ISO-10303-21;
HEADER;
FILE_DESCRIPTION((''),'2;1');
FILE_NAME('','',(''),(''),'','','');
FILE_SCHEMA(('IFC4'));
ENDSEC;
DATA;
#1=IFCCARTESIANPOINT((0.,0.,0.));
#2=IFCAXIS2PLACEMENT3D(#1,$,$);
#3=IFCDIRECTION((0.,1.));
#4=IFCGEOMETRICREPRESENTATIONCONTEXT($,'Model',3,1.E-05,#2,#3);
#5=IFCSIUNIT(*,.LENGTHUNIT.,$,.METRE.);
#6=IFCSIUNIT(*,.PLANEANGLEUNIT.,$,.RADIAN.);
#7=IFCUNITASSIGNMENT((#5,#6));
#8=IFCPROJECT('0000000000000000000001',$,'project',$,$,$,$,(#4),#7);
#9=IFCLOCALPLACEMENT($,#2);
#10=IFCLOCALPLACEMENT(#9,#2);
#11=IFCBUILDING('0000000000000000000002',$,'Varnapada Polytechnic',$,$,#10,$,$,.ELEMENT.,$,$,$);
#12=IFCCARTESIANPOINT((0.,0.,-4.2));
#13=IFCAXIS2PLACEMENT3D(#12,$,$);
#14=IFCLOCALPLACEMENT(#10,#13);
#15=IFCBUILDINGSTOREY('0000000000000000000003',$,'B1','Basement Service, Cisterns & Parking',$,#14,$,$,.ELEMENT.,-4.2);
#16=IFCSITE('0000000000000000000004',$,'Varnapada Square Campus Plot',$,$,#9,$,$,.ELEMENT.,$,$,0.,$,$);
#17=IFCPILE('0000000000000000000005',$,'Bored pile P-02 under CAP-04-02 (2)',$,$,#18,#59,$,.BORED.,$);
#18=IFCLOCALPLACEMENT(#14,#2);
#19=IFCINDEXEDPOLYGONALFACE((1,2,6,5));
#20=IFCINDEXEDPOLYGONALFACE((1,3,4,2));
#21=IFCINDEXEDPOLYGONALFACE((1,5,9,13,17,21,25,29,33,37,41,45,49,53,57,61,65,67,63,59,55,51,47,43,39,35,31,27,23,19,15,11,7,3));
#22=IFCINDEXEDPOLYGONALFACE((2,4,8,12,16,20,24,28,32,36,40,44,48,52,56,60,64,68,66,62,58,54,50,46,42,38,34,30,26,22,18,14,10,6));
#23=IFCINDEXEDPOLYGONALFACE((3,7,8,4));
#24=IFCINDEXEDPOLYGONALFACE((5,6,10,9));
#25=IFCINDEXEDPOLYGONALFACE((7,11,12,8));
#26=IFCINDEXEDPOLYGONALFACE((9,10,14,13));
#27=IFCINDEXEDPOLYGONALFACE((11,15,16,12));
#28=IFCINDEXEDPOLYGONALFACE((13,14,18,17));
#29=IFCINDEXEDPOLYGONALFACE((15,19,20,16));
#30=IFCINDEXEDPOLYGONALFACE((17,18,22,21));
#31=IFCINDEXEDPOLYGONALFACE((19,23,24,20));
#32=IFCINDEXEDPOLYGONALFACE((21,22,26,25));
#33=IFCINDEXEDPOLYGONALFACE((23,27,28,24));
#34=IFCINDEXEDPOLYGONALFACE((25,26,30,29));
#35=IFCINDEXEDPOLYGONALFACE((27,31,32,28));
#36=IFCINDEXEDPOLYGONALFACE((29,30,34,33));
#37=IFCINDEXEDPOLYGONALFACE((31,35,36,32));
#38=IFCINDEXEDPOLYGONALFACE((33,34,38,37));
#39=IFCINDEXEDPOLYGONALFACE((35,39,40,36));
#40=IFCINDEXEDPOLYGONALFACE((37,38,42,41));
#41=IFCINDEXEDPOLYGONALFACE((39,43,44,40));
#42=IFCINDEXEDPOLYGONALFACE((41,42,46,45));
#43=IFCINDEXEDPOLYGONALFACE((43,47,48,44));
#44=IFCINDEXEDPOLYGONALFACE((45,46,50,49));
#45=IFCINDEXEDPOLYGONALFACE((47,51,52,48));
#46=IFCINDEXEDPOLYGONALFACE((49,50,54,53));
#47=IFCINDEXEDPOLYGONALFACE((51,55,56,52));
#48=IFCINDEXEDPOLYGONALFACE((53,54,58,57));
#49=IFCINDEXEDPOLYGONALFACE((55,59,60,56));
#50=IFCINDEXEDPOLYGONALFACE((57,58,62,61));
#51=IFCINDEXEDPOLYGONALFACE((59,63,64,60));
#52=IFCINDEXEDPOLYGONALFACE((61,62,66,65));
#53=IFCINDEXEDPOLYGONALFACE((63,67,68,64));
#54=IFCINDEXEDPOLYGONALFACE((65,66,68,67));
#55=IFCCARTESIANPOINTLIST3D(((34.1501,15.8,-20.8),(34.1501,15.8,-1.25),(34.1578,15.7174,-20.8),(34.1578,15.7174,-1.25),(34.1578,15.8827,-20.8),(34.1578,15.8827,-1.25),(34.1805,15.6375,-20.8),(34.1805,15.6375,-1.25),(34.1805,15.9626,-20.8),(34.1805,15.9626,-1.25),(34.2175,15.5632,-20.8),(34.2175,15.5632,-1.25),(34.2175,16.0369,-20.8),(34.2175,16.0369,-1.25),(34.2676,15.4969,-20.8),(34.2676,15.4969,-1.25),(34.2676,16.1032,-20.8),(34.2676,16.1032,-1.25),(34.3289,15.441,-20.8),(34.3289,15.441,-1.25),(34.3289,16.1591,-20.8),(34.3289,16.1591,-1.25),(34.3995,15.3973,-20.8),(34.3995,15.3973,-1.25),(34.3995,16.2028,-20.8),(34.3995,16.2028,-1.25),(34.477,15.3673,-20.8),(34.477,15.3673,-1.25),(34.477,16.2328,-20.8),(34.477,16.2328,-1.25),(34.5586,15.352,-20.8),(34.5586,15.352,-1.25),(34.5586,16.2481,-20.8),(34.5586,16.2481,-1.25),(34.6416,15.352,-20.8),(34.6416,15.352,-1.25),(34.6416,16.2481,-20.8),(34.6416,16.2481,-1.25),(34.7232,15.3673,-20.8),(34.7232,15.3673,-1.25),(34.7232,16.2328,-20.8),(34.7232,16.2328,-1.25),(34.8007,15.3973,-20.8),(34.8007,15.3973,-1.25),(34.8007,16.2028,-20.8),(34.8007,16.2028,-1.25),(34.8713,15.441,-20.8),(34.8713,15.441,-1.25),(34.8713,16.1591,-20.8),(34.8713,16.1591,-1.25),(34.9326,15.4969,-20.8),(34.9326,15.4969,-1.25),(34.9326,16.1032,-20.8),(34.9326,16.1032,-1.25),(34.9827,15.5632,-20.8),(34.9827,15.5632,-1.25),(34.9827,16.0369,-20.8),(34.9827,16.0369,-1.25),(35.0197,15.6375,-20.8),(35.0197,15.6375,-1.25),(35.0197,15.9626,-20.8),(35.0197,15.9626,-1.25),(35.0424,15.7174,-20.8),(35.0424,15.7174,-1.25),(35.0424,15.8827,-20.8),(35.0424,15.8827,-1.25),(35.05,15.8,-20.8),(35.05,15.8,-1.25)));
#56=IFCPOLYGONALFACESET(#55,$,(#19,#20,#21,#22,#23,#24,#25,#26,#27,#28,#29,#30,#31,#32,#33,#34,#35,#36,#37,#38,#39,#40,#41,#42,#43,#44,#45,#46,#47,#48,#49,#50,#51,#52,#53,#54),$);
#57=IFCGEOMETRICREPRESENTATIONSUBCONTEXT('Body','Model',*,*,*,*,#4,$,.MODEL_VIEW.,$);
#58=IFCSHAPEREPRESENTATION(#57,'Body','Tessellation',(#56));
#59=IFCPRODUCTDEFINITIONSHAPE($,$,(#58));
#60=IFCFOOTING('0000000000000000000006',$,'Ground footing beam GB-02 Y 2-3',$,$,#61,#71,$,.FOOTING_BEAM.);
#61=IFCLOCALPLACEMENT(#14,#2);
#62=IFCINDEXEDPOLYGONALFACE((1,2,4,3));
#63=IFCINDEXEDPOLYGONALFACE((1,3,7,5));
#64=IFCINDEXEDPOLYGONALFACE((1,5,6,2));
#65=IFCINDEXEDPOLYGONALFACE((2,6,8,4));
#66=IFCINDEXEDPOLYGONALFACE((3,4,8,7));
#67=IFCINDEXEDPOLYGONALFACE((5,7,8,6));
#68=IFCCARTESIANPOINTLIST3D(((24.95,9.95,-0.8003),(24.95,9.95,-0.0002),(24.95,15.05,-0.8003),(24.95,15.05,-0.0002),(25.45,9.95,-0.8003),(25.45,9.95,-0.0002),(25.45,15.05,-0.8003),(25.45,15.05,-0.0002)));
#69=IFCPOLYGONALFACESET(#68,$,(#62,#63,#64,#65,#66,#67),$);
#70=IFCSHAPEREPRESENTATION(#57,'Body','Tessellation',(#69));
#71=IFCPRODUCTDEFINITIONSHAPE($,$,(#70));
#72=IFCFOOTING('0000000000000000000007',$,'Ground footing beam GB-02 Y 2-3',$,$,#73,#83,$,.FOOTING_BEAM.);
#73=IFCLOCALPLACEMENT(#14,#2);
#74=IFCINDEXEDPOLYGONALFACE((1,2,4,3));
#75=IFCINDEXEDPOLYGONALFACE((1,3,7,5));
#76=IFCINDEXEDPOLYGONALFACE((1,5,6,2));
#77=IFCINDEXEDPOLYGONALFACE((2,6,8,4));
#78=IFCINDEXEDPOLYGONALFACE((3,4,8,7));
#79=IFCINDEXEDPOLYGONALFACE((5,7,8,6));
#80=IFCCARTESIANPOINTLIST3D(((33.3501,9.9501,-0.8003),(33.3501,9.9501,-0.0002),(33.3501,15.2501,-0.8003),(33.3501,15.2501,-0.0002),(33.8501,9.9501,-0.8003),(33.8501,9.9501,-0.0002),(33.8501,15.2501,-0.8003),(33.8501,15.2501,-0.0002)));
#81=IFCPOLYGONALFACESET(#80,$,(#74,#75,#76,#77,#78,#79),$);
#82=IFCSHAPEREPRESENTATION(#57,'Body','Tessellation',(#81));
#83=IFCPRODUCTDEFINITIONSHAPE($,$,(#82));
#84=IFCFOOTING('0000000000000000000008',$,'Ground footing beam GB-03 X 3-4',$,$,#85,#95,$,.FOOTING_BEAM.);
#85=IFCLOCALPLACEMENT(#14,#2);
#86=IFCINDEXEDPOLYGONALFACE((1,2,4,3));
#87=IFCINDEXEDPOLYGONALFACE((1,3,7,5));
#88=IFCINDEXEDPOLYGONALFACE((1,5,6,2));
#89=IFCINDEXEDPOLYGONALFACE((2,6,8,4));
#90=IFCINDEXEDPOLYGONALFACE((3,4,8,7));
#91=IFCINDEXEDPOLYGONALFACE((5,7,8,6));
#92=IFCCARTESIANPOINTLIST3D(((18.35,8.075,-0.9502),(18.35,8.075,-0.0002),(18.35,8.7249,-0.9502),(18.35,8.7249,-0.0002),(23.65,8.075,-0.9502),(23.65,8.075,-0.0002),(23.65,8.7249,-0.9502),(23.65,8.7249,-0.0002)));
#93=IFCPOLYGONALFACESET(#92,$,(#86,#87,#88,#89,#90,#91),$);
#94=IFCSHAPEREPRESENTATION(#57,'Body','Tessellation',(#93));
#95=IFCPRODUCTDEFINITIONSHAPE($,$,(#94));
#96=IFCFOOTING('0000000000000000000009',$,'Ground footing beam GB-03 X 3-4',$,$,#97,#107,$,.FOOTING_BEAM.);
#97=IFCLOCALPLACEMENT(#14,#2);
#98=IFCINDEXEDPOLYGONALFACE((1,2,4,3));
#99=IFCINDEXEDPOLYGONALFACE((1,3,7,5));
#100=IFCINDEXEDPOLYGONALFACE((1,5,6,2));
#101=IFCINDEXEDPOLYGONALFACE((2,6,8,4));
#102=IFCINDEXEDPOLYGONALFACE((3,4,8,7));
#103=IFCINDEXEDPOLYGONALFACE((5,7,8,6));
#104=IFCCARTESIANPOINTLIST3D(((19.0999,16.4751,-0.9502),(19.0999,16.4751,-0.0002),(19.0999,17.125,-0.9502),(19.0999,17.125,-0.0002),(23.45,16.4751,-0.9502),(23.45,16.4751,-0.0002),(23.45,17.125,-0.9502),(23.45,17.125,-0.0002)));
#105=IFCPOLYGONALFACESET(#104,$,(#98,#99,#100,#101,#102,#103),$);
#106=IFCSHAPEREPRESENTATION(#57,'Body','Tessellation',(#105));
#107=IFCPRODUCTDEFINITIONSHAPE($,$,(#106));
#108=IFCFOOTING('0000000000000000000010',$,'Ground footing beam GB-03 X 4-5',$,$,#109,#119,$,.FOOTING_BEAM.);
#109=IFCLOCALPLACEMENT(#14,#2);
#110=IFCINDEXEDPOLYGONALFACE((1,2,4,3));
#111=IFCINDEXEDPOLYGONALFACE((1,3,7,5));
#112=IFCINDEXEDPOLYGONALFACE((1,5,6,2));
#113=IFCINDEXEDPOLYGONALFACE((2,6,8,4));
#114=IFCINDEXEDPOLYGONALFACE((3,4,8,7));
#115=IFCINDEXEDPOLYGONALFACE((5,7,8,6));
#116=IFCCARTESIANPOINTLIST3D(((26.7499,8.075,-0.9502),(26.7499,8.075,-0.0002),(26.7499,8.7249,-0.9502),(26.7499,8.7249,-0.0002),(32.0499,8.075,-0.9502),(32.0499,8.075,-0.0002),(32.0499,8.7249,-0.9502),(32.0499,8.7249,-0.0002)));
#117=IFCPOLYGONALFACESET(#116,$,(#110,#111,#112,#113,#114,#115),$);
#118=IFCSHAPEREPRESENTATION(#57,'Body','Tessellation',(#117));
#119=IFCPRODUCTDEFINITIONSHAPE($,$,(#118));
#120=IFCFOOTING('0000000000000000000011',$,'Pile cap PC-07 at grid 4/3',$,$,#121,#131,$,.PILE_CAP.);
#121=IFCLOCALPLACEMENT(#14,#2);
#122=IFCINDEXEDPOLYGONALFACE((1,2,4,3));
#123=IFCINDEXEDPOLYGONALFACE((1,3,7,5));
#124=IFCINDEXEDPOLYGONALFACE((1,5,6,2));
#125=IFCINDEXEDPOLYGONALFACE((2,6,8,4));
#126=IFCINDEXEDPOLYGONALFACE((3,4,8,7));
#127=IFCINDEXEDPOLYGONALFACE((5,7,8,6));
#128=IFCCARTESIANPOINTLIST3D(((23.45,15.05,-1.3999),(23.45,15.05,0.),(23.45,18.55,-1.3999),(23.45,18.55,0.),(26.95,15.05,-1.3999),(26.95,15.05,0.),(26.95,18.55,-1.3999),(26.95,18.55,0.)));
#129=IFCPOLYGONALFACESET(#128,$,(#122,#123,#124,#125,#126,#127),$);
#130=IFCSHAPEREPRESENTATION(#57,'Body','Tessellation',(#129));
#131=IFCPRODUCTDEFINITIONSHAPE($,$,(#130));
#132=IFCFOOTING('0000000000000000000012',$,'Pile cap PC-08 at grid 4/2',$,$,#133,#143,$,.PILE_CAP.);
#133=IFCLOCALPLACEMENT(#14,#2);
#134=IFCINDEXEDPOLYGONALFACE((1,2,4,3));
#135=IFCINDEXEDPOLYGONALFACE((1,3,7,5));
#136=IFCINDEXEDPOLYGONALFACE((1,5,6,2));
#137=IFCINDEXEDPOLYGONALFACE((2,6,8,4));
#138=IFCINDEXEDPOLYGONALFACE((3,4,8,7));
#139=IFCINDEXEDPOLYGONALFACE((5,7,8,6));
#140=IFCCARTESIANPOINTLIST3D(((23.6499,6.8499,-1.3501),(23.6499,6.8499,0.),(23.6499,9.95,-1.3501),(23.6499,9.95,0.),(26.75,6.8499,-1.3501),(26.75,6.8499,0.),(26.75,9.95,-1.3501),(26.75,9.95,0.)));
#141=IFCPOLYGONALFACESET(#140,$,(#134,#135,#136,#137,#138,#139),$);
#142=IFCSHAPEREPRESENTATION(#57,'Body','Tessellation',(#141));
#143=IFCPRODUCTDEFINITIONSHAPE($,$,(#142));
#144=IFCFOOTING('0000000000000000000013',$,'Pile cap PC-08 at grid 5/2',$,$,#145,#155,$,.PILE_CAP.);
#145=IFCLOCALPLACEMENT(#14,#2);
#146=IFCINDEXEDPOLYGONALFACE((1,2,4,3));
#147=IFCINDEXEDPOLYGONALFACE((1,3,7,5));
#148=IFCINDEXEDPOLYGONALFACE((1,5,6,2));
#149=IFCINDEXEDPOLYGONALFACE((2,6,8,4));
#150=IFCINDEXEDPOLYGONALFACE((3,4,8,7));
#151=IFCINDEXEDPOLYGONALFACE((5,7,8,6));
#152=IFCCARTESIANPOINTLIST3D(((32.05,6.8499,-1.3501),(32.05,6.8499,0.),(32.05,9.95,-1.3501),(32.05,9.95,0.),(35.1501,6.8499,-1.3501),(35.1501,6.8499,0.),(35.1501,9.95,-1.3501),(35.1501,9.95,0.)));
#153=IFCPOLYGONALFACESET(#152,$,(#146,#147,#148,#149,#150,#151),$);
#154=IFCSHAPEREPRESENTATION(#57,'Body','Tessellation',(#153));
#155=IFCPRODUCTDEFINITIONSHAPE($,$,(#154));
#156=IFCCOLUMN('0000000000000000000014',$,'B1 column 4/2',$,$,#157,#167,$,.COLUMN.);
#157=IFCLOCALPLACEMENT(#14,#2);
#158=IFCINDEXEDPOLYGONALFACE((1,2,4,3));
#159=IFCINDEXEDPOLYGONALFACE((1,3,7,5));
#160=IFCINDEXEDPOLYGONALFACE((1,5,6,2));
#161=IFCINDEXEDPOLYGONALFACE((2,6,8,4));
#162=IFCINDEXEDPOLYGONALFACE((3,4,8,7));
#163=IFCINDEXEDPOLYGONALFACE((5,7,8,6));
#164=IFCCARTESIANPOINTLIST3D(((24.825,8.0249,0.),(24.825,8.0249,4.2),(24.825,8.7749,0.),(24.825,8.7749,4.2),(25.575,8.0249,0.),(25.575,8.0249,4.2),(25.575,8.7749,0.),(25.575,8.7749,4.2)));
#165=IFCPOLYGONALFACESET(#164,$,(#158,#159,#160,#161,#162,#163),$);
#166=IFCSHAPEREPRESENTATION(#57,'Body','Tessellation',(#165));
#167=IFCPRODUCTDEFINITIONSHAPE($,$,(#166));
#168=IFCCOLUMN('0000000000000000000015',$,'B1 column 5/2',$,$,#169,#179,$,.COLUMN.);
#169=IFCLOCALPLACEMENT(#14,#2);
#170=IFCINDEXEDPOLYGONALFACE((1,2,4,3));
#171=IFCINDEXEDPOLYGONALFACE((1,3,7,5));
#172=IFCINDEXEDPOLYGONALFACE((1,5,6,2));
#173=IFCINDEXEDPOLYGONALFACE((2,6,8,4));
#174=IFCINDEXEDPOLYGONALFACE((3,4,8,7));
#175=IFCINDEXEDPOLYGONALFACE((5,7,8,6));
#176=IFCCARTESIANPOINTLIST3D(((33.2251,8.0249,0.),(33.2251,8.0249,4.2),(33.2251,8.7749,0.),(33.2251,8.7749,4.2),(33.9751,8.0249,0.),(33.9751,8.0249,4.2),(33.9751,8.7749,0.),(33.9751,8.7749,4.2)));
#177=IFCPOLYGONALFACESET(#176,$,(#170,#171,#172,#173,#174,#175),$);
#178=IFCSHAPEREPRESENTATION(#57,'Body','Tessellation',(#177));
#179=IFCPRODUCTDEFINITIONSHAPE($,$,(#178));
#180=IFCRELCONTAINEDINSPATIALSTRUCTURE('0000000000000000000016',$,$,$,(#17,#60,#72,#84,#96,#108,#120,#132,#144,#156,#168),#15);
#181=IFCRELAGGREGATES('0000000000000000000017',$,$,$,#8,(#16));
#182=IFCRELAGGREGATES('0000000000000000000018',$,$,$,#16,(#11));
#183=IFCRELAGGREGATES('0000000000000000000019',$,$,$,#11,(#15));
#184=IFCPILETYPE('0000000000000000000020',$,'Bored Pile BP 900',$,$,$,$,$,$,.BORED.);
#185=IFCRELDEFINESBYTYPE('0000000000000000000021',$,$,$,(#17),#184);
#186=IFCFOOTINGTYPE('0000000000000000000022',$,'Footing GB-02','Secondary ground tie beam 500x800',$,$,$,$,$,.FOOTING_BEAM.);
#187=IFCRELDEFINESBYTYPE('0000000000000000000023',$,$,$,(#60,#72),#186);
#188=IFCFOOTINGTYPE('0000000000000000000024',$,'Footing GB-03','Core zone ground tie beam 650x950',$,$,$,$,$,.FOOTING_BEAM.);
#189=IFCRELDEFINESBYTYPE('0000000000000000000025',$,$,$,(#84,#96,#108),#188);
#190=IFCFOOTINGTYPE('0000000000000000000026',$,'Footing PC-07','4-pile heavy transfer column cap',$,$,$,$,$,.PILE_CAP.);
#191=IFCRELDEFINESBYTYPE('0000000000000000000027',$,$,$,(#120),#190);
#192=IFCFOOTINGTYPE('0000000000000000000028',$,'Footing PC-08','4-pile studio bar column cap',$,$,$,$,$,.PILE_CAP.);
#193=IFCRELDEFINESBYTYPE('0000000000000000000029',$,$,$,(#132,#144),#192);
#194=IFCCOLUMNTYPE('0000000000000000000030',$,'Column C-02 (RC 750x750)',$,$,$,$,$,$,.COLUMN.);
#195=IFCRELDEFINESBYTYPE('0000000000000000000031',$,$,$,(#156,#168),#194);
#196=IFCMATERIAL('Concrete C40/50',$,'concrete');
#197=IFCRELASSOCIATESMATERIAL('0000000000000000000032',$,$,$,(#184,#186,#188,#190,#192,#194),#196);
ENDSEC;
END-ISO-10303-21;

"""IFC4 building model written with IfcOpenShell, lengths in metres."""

from ifc_helpers import new_model, si_unit, direction, frame, origin, origin_2d, place, context, subcontext, project, spatial, rectangle, circle, extrude, material, material_profile, profile_set, type_object, element, save


model = new_model("IFC4")

# Units and contexts
model_context = context("Model", 3, precision=1e-05, world=origin(), true_north=direction((0.0, 1.0)))
body_context = subcontext(model_context, "Body", "Model", "MODEL_VIEW")
ifc_project = project(units=[si_unit("LENGTHUNIT", "METRE"), si_unit("PLANEANGLEUNIT", "RADIAN")], contexts=[model_context])

# Site, building, storey
site_placement = place(None, origin())
site = spatial("IfcSite", under=ifc_project, at=site_placement, Name="Varnapada Square Campus Plot", CompositionType="ELEMENT", RefElevation=0.0)
building_placement = place(site_placement, origin())
building = spatial("IfcBuilding", under=site, at=building_placement, Name="Varnapada Polytechnic", CompositionType="ELEMENT")
storey_placement = place(building_placement, frame((0.0, 0.0, -4.2)))
storey = spatial("IfcBuildingStorey", under=building, at=storey_placement, Name="B1", Description="Basement Service, Cisterns & Parking", CompositionType="ELEMENT", Elevation=-4.2)

# Pile
ifc_material_1 = material(Name="Concrete C40/50", Category="concrete")
ifc_material_profile_1 = material_profile(ifc_material_1, circle(Radius=0.45, at=origin_2d()), Name="BP 900")
ifc_profile_set_1 = profile_set([ifc_material_profile_1], Name="Concrete C40/50")
pile_type_1 = type_object("IfcPileType", Name="Bored Pile BP 900", PredefinedType="BORED", material=ifc_profile_set_1)
for number, where, z_axis, x_axis, name in (
    (1, (34.6001, 15.8, -1.25), (0.0, 0.0, -1.0), (1.0, 0.0, 0.0), "Bored pile P-02 under CAP-04-02 (2)"),
):
    element("IfcPile", number, at=place(storey_placement, frame(where, z_axis=z_axis, x_axis=x_axis)), inside=storey, type_object=pile_type_1, Name=name, PredefinedType="BORED", context=body_context, shape_type="SweptSolid", body=[
        extrude(circle(Radius=0.45, at=origin_2d()), origin(), (0.0, 0.0, 1.0), 19.55),
    ])

# Footings
footing_type_1 = type_object("IfcFootingType", Name="Footing GB-02", Description="Secondary ground tie beam 500x800", PredefinedType="FOOTING_BEAM", material=ifc_material_1)
footing_1_placement = place(storey_placement, frame((25.2, 12.5, -0.8003), z_axis=(0.0, 0.0, 1.0), x_axis=(0.0, 1.0, 0.0)))
element("IfcFooting", 2, at=footing_1_placement, inside=storey, type_object=footing_type_1, Name="Ground footing beam GB-02 Y 2-3", PredefinedType="FOOTING_BEAM", context=body_context, shape_type="SweptSolid", body=[
    extrude(rectangle(XDim=5.1001, YDim=0.5, at=origin_2d()), origin(), (0.0, 0.0, 1.0), 0.8),
])
footing_2_placement = place(storey_placement, frame((33.6001, 12.6001, -0.8003), z_axis=(0.0, 0.0, 1.0), x_axis=(0.0, 1.0, 0.0)))
element("IfcFooting", 3, at=footing_2_placement, inside=storey, type_object=footing_type_1, Name="Ground footing beam GB-02 Y 2-3", PredefinedType="FOOTING_BEAM", context=body_context, shape_type="SweptSolid", body=[
    extrude(rectangle(XDim=5.3, YDim=0.5, at=origin_2d()), origin(), (0.0, 0.0, 1.0), 0.8),
])
footing_type_2 = type_object("IfcFootingType", Name="Footing GB-03", Description="Core zone ground tie beam 650x950", PredefinedType="FOOTING_BEAM", material=ifc_material_1)
footing_3_placement = place(storey_placement, frame((21.0, 8.3999, -0.9502), z_axis=(0.0, 0.0, 1.0), x_axis=(1.0, 0.0, 0.0)))
element("IfcFooting", 4, at=footing_3_placement, inside=storey, type_object=footing_type_2, Name="Ground footing beam GB-03 X 3-4", PredefinedType="FOOTING_BEAM", context=body_context, shape_type="SweptSolid", body=[
    extrude(rectangle(XDim=5.3, YDim=0.6499, at=origin_2d()), origin(), (0.0, 0.0, 1.0), 0.95),
])
footing_4_placement = place(storey_placement, frame((21.2749, 16.8, -0.9502), z_axis=(0.0, 0.0, 1.0), x_axis=(1.0, 0.0, 0.0)))
element("IfcFooting", 5, at=footing_4_placement, inside=storey, type_object=footing_type_2, Name="Ground footing beam GB-03 X 3-4", PredefinedType="FOOTING_BEAM", context=body_context, shape_type="SweptSolid", body=[
    extrude(rectangle(XDim=4.3501, YDim=0.6499, at=origin_2d()), origin(), (0.0, 0.0, 1.0), 0.95),
])
footing_5_placement = place(storey_placement, frame((29.3999, 8.3999, -0.9502), z_axis=(0.0, 0.0, 1.0), x_axis=(1.0, 0.0, 0.0)))
element("IfcFooting", 6, at=footing_5_placement, inside=storey, type_object=footing_type_2, Name="Ground footing beam GB-03 X 4-5", PredefinedType="FOOTING_BEAM", context=body_context, shape_type="SweptSolid", body=[
    extrude(rectangle(XDim=5.3, YDim=0.6499, at=origin_2d()), origin(), (0.0, 0.0, 1.0), 0.95),
])
footing_type_3 = type_object("IfcFootingType", Name="Footing PC-07", Description="4-pile heavy transfer column cap", PredefinedType="PILE_CAP", material=ifc_material_1)
footing_6_placement = place(storey_placement, frame((25.2, 16.8, -1.3999), z_axis=(0.0, 0.0, 1.0), x_axis=(1.0, 0.0, 0.0)))
element("IfcFooting", 7, at=footing_6_placement, inside=storey, type_object=footing_type_3, Name="Pile cap PC-07 at grid 4/3", PredefinedType="PILE_CAP", context=body_context, shape_type="SweptSolid", body=[
    extrude(rectangle(XDim=3.5, YDim=3.5, at=origin_2d()), origin(), (0.0, 0.0, 1.0), 1.3999),
])
footing_type_4 = type_object("IfcFootingType", Name="Footing PC-08", Description="4-pile studio bar column cap", PredefinedType="PILE_CAP", material=ifc_material_1)
for number, where, z_axis, x_axis, name in (
    (8, (25.2, 8.3999, -1.3501), (0.0, 0.0, 1.0), (1.0, 0.0, 0.0), "Pile cap PC-08 at grid 4/2"),
    (9, (33.6001, 8.3999, -1.3501), (0.0, 0.0, 1.0), (1.0, 0.0, 0.0), "Pile cap PC-08 at grid 5/2"),
):
    element("IfcFooting", number, at=place(storey_placement, frame(where, z_axis=z_axis, x_axis=x_axis)), inside=storey, type_object=footing_type_4, Name=name, PredefinedType="PILE_CAP", context=body_context, shape_type="SweptSolid", body=[
        extrude(rectangle(XDim=3.1001, YDim=3.1001, at=origin_2d()), origin(), (0.0, 0.0, 1.0), 1.3501),
    ])

# Columns
ifc_material_profile_2 = material_profile(ifc_material_1, rectangle(XDim=0.75, YDim=0.75, at=origin_2d()), Name="RC 750x750")
ifc_profile_set_2 = profile_set([ifc_material_profile_2], Name="Concrete C40/50")
column_type = type_object("IfcColumnType", Name="Column C-02 (RC 750x750)", PredefinedType="COLUMN", material=ifc_profile_set_2)
for number, where, z_axis, x_axis, name in (
    (10, (25.2, 8.3999, 0.0), (0.0, 0.0, 1.0), (1.0, 0.0, 0.0), "B1 column 4/2"),
    (11, (33.6001, 8.3999, 0.0), (0.0, 0.0, 1.0), (1.0, 0.0, 0.0), "B1 column 5/2"),
):
    element("IfcColumn", number, at=place(storey_placement, frame(where, z_axis=z_axis, x_axis=x_axis)), inside=storey, type_object=column_type, Name=name, PredefinedType="COLUMN", context=body_context, shape_type="SweptSolid", body=[
        extrude(rectangle(XDim=0.75, YDim=0.75, at=origin_2d()), origin(), (0.0, 0.0, 1.0), 4.2),
    ])

save(model, "model.ifc")
